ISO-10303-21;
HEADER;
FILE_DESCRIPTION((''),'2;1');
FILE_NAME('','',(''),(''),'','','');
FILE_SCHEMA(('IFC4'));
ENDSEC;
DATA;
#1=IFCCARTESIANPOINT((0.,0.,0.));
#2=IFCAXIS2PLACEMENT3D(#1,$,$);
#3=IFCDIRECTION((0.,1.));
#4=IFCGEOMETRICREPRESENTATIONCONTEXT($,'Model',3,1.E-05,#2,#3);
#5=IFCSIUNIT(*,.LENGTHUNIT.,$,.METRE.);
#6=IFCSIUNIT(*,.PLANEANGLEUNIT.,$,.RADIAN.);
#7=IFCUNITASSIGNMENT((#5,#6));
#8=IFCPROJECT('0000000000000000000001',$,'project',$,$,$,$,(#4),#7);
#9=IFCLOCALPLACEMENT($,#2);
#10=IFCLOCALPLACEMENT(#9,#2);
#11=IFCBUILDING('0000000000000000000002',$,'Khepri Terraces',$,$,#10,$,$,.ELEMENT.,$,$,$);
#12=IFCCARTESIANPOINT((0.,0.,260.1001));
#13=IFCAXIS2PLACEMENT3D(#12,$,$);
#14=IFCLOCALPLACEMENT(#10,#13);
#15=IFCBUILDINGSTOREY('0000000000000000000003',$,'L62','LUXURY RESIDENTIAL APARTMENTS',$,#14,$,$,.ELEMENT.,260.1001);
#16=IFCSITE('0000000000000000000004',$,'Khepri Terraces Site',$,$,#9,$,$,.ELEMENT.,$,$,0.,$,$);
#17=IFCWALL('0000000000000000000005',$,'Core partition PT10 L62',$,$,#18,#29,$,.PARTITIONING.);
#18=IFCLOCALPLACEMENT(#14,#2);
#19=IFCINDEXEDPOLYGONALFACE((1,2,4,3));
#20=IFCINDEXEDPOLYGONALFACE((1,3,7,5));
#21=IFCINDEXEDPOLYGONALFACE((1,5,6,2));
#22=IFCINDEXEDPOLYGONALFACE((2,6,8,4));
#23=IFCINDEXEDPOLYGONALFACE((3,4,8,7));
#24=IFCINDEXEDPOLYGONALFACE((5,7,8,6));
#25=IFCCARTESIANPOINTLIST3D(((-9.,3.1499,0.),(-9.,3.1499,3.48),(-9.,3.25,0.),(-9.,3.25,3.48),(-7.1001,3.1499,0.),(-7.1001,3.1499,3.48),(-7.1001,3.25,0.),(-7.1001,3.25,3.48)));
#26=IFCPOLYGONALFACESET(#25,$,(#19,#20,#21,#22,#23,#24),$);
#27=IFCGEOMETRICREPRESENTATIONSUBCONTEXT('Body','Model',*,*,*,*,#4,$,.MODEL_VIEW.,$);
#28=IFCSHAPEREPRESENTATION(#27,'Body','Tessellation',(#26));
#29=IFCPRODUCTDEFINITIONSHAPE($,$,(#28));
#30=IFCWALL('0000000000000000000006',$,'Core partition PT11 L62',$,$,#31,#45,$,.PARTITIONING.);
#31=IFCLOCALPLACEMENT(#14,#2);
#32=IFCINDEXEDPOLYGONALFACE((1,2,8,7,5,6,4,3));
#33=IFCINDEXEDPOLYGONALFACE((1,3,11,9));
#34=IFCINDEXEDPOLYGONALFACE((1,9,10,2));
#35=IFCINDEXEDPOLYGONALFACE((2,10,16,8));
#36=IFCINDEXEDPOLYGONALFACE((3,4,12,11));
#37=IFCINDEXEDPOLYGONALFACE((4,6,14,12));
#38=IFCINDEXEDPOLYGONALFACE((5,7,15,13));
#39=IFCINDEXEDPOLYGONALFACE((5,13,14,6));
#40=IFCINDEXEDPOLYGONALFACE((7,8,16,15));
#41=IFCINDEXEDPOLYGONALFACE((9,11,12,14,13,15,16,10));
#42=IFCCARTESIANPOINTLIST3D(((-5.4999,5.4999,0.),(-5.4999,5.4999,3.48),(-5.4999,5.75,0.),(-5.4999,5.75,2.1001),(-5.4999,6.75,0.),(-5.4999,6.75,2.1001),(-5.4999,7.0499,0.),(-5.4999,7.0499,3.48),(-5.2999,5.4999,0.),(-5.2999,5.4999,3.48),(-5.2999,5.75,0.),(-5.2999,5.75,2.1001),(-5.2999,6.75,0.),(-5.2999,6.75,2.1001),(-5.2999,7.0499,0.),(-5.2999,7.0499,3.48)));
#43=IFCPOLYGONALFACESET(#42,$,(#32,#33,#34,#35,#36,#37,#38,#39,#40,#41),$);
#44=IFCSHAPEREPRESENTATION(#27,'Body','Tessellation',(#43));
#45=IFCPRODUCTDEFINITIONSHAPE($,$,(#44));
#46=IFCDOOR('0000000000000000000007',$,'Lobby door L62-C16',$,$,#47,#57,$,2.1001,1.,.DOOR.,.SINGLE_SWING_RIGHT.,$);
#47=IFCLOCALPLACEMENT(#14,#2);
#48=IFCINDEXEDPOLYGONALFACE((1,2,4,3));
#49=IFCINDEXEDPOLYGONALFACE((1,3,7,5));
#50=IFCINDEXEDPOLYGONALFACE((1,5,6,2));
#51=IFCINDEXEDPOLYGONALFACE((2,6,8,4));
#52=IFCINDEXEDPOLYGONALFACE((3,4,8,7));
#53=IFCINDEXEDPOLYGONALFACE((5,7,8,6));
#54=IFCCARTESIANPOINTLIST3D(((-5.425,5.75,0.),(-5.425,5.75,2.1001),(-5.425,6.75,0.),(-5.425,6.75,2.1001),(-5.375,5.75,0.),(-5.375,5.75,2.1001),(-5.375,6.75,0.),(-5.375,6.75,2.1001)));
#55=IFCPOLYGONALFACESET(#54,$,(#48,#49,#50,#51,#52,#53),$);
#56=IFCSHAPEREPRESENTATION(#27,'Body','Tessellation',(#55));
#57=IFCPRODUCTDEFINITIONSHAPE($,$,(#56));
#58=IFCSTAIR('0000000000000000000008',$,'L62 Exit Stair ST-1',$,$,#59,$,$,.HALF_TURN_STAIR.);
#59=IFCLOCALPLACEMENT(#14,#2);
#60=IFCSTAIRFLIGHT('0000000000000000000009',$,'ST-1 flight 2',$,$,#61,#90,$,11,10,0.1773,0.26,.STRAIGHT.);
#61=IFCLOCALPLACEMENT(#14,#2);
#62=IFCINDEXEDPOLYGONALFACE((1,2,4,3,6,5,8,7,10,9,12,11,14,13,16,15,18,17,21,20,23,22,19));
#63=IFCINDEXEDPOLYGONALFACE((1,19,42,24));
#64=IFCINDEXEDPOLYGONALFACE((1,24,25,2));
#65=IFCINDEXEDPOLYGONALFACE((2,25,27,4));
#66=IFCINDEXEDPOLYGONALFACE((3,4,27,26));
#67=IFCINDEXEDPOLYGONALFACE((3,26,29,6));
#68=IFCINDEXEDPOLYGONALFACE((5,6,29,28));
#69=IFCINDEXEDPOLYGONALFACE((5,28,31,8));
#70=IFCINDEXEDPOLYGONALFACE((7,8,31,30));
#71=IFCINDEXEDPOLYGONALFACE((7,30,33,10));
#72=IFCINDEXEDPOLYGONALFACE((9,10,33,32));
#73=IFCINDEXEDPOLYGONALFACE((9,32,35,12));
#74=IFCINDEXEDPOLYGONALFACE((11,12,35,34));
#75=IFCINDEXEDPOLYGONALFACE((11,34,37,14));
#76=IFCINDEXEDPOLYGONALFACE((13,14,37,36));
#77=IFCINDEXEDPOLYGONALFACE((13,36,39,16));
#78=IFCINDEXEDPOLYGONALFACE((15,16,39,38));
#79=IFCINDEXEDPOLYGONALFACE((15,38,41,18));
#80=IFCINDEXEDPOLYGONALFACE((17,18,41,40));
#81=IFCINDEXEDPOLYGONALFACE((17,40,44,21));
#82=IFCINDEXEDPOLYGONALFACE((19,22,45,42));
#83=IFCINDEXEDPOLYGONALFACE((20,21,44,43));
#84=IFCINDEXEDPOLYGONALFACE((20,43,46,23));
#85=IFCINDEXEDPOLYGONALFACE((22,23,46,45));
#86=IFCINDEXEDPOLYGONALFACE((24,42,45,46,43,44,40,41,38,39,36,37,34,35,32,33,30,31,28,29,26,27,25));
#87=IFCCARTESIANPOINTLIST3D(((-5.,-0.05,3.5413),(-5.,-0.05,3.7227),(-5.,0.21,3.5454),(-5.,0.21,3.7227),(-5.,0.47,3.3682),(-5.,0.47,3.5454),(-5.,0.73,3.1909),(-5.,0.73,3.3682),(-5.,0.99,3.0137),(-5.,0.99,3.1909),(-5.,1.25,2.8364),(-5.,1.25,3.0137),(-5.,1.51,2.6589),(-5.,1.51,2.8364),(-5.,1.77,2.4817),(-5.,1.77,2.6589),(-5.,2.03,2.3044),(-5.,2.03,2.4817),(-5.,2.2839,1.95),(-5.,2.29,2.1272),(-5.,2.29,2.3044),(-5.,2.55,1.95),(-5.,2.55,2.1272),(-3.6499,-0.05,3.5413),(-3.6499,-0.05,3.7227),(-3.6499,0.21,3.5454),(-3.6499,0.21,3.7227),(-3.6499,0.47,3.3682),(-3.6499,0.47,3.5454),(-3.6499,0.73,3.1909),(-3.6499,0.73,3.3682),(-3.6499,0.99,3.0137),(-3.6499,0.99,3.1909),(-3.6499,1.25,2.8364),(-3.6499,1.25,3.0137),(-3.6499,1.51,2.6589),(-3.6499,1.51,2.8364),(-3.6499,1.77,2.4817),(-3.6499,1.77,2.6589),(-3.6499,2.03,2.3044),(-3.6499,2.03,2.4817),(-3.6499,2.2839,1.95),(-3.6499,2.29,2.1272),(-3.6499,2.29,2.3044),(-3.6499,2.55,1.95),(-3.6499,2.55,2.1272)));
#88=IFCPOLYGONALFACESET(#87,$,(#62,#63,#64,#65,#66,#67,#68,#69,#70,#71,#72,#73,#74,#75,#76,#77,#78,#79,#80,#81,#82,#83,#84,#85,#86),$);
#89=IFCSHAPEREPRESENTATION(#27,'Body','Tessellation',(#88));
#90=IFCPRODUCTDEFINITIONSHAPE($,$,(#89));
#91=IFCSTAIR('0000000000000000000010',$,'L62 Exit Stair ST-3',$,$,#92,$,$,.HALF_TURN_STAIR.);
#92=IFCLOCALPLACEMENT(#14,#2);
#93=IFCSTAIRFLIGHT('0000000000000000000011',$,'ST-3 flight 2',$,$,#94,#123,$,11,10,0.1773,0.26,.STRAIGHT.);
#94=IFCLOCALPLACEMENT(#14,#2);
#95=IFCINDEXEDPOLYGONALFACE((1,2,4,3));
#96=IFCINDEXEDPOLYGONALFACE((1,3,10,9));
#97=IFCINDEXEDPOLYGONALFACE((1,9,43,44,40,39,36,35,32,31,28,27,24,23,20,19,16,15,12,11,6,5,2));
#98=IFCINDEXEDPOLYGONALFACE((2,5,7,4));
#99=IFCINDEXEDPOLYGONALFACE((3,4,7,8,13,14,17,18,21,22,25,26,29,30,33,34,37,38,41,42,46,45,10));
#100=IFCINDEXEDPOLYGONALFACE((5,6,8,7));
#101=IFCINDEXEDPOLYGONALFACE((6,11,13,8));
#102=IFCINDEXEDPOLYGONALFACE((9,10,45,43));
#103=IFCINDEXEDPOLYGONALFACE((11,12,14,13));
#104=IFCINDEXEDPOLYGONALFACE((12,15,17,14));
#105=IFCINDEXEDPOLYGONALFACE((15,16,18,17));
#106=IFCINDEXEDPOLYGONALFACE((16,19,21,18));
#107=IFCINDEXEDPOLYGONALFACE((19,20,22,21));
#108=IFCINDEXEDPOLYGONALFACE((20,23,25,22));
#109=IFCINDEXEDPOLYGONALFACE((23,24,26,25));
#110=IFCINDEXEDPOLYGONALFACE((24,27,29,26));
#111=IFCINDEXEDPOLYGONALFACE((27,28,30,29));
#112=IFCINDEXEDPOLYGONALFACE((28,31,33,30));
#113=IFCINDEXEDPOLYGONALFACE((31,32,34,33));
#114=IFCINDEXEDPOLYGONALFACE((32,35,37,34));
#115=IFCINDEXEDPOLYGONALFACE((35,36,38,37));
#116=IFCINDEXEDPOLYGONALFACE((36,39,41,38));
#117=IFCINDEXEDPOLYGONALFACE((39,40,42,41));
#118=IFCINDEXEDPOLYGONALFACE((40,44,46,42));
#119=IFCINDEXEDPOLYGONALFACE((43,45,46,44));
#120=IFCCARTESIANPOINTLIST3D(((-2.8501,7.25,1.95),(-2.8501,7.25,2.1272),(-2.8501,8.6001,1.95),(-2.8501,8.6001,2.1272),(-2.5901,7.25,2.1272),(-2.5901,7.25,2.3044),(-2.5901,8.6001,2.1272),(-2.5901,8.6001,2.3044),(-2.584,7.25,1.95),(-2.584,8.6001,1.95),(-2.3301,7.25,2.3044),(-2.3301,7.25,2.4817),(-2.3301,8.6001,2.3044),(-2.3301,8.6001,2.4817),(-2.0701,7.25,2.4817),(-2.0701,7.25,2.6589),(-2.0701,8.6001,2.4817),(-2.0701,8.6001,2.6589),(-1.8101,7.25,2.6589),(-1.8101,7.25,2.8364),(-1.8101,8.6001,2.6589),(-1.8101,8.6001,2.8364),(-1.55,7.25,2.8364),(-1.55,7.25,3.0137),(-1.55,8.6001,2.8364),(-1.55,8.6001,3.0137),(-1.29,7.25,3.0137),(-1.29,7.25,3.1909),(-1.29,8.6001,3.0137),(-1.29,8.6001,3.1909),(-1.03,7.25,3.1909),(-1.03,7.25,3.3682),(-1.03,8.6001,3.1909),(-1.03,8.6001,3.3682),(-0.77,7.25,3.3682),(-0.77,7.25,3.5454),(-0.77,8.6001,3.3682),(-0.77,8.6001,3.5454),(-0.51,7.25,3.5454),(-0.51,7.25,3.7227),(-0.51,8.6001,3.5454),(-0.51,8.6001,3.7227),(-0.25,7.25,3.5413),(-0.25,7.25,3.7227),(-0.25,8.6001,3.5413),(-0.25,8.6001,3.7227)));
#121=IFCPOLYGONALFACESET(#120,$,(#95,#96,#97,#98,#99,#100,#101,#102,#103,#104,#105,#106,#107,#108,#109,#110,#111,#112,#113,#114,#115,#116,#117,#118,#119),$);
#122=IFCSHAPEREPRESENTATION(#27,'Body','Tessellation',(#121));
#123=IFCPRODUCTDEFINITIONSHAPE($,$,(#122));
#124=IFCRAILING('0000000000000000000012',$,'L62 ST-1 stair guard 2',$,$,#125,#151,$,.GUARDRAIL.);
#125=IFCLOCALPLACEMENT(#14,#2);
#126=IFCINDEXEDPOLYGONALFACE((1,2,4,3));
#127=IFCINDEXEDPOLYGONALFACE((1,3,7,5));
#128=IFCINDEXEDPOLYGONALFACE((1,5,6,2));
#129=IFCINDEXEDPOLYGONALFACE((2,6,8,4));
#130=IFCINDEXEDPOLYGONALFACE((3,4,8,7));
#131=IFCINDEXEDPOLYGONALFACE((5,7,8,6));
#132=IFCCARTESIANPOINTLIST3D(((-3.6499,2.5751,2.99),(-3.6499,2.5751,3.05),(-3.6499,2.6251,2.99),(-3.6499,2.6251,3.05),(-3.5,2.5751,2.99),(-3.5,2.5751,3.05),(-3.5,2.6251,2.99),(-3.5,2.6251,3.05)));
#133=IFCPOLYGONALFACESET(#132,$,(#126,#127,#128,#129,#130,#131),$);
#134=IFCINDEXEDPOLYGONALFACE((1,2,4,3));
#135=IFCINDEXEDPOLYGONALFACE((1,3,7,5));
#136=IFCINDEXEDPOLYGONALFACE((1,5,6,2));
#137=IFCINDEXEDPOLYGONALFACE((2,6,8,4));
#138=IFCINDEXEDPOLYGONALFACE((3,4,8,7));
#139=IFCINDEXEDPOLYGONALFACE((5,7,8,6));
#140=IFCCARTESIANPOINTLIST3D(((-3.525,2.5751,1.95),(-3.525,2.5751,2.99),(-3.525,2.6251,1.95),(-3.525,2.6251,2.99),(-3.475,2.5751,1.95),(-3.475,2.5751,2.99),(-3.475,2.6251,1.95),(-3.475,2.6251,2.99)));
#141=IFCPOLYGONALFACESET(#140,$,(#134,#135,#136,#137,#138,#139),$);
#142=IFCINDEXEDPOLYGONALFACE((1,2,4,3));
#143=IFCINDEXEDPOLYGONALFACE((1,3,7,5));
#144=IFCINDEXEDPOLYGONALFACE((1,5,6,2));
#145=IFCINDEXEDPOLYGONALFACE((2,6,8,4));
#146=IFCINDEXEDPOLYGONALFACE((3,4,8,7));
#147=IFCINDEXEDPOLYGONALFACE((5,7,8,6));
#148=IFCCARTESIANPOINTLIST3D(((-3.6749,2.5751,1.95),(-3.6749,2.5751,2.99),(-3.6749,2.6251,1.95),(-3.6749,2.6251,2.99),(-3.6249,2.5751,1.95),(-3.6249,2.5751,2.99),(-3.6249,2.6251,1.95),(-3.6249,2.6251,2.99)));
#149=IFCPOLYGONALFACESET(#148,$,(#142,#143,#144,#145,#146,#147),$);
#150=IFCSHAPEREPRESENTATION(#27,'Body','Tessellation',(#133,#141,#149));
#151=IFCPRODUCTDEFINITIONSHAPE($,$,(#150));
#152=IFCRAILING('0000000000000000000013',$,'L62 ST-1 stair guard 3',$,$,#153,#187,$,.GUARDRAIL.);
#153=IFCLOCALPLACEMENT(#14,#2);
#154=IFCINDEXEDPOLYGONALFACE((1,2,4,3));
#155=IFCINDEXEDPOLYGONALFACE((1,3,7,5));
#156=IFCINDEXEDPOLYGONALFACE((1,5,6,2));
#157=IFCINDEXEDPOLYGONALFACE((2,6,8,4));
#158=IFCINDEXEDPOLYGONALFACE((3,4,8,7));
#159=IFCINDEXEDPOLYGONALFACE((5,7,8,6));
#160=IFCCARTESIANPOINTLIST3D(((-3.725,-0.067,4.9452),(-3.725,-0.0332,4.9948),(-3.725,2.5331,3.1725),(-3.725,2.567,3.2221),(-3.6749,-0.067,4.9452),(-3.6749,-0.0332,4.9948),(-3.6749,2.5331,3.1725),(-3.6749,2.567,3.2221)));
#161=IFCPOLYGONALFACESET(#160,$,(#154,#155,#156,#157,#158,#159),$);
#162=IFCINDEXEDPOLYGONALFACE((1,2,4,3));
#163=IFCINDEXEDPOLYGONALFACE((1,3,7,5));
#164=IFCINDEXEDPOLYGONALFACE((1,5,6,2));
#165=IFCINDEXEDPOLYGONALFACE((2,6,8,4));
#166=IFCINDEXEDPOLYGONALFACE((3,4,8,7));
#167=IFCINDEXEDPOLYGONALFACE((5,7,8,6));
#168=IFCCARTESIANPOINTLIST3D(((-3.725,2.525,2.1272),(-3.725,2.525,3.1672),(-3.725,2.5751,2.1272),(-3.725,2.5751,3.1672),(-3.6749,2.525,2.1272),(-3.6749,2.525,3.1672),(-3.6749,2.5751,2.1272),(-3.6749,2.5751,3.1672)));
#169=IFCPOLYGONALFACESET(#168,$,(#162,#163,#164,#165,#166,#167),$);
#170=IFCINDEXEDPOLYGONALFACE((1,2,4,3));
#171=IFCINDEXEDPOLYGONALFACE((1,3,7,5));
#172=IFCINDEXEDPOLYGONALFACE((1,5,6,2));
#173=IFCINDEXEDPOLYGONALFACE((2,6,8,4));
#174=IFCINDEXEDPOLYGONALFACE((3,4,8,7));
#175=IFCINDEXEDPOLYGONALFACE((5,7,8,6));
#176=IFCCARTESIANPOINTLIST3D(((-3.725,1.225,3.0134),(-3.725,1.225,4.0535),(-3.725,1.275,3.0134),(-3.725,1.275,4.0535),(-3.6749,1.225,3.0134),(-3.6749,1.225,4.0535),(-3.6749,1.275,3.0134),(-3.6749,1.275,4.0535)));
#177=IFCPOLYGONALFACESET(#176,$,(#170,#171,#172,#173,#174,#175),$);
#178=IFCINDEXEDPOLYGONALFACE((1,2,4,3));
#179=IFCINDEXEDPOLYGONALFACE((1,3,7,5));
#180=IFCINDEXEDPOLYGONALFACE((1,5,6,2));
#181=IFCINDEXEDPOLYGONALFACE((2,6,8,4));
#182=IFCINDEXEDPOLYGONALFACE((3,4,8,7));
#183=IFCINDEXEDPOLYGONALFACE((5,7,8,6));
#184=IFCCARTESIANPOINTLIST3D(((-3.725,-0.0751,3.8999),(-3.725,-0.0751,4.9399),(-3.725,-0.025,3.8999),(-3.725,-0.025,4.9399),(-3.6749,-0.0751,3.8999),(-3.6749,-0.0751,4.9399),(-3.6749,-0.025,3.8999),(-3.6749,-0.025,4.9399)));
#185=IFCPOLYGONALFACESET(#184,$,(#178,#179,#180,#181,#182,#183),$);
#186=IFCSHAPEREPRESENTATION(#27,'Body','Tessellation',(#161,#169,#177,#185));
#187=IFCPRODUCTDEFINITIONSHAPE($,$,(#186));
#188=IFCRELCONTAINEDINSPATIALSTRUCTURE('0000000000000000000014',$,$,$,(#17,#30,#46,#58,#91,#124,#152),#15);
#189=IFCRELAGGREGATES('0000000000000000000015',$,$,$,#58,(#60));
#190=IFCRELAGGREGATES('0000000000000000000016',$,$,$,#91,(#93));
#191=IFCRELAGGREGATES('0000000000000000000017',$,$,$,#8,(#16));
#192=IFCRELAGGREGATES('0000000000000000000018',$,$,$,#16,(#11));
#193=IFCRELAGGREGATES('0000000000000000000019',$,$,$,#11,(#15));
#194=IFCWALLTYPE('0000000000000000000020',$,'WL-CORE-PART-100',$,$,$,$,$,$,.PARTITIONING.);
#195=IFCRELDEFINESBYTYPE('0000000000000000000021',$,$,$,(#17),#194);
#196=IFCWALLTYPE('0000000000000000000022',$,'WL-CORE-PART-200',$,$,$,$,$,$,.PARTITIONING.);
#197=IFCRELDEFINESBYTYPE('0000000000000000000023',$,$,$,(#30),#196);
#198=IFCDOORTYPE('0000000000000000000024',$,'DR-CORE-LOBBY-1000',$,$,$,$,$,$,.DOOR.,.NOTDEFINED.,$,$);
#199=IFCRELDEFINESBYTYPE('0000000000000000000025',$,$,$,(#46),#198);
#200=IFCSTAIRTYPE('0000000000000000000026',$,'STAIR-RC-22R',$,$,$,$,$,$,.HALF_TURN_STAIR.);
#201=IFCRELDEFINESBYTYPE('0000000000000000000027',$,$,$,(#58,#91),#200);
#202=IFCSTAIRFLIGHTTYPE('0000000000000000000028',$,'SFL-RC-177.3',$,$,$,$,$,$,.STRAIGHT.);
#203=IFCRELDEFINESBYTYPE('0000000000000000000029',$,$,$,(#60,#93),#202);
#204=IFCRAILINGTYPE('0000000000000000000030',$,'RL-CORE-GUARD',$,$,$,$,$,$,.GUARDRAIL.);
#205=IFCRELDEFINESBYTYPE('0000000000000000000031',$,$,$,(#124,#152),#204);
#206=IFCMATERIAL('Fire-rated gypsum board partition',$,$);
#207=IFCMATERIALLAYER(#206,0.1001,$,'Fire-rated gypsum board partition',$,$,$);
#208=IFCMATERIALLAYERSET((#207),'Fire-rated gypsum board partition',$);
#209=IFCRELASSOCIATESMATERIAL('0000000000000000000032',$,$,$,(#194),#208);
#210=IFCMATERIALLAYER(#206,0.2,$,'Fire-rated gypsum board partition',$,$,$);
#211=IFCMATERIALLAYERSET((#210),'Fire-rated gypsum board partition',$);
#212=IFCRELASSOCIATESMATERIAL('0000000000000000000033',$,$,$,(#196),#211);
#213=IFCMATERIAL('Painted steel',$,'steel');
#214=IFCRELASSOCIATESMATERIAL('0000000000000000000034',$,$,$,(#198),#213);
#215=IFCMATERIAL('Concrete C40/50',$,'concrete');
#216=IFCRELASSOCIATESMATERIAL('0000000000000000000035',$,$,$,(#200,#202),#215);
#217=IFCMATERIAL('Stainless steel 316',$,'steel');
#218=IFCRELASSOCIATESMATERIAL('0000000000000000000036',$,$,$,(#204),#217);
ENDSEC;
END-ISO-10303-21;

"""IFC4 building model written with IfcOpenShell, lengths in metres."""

from ifc_helpers import new_model, si_unit, direction, frame, frame_2d, origin, origin_2d, place, context, subcontext, project, spatial, polyline, rectangle, outline, extrude, material, layer, layer_set, type_object, element, fill, aggregate, save


model = new_model("IFC4")

# Units and contexts
model_context = context("Model", 3, precision=1e-05, world=origin(), true_north=direction((0.0, 1.0)))
body_context = subcontext(model_context, "Body", "Model", "MODEL_VIEW")
ifc_project = project(units=[si_unit("LENGTHUNIT", "METRE"), si_unit("PLANEANGLEUNIT", "RADIAN")], contexts=[model_context])

# Site, building, storey
site_placement = place(None, origin())
site = spatial("IfcSite", under=ifc_project, at=site_placement, Name="Khepri Terraces Site", CompositionType="ELEMENT", RefElevation=0.0)
building_placement = place(site_placement, origin())
building = spatial("IfcBuilding", under=site, at=building_placement, Name="Khepri Terraces", CompositionType="ELEMENT")
storey_placement = place(building_placement, frame((0.0, 0.0, 260.1001)))
storey = spatial("IfcBuildingStorey", under=building, at=storey_placement, Name="L62", Description="LUXURY RESIDENTIAL APARTMENTS", CompositionType="ELEMENT", Elevation=260.1001)

# Shared definitions
ifc_material_1 = material(Name="Concrete C40/50", Category="concrete")

# Shared definitions
ifc_material_2 = material(Name="Painted steel", Category="steel")

# Wall
ifc_material_3 = material(Name="Fire-rated gypsum board partition")
ifc_layer_1 = layer(ifc_material_3, 0.1001, Name="Fire-rated gypsum board partition")
ifc_layer_set_1 = layer_set([ifc_layer_1], Name="Fire-rated gypsum board partition")
wall_type_1 = type_object("IfcWallType", Name="WL-CORE-PART-100", PredefinedType="PARTITIONING", material=ifc_layer_set_1)
wall_1_placement = place(storey_placement, frame((-9.0, 3.2, 0.0), z_axis=(0.0, 0.0, 1.0), x_axis=(1.0, 0.0, 0.0)))
element("IfcWall", 1, at=wall_1_placement, inside=storey, type_object=wall_type_1, Name="Core partition PT10 L62", PredefinedType="PARTITIONING", context=body_context, shape_type="SweptSolid", body=[
    extrude(rectangle(XDim=1.8999, YDim=0.1001, at=frame_2d((0.95, 0.0))), origin(), (0.0, 0.0, 1.0), 3.48),
])

# Wall, opening, door
ifc_layer_2 = layer(ifc_material_3, 0.2, Name="Fire-rated gypsum board partition")
ifc_layer_set_2 = layer_set([ifc_layer_2], Name="Fire-rated gypsum board partition")
wall_type_2 = type_object("IfcWallType", Name="WL-CORE-PART-200", PredefinedType="PARTITIONING", material=ifc_layer_set_2)
wall_2_placement = place(storey_placement, frame((-5.3999, 5.5, 0.0), z_axis=(0.0, 0.0, 1.0), x_axis=(0.0, 1.0, 0.0)))
wall_2 = element("IfcWall", 2, at=wall_2_placement, inside=storey, type_object=wall_type_2, Name="Core partition PT11 L62", PredefinedType="PARTITIONING", context=body_context, shape_type="SweptSolid", body=[
    extrude(rectangle(XDim=1.55, YDim=0.2, at=frame_2d((0.7749, 0.0))), origin(), (0.0, 0.0, 1.0), 3.48),
])
opening_1_placement = place(wall_2_placement, frame((0.25, 0.0, 0.0)))
opening_1 = element("IfcOpeningElement", 3, at=opening_1_placement, cuts=wall_2, PredefinedType="OPENING", context=body_context, shape_type="SweptSolid", body=[
    extrude(rectangle(XDim=1.0, YDim=2.1001, at=frame_2d((0.5, 1.05))), frame((0.0, 0.1099, 0.0), z_axis=(0.0, -1.0, 0.0), x_axis=(1.0, 0.0, 0.0)), (0.0, 0.0, 1.0), 0.22),
])
door_type_1 = type_object("IfcDoorType", Name="DR-CORE-LOBBY-1000", OperationType="NOTDEFINED", PredefinedType="DOOR", material=ifc_material_2)
door_1_placement = place(opening_1_placement, frame((1.0, 0.0, 0.0), z_axis=(0.0, 0.0, 1.0), x_axis=(-1.0, 0.0, 0.0)))
door_1 = element("IfcDoor", 4, at=door_1_placement, inside=storey, type_object=door_type_1, Name="Lobby door L62-C16", OperationType="SINGLE_SWING_RIGHT", OverallHeight=2.1001, OverallWidth=1.0, PredefinedType="DOOR", context=body_context, shape_type="SweptSolid", body=[
    extrude(rectangle(XDim=1.0, YDim=2.1001, at=frame_2d((0.5, 1.05))), frame((0.0, 0.0249, 0.0), z_axis=(0.0, -1.0, 0.0), x_axis=(1.0, 0.0, 0.0)), (0.0, 0.0, 1.0), 0.05),
])
fill(opening_1, door_1)

# Stairs, stair flights
stair_type = type_object("IfcStairType", Name="STAIR-RC-22R", PredefinedType="HALF_TURN_STAIR", material=ifc_material_1)
stair_1_placement = place(storey_placement, origin())
stair_1 = element("IfcStair", 5, at=stair_1_placement, inside=storey, type_object=stair_type, Name="L62 Exit Stair ST-1", PredefinedType="HALF_TURN_STAIR")
stair_flight_type = type_object("IfcStairFlightType", Name="SFL-RC-177.3", PredefinedType="STRAIGHT", material=ifc_material_1)
stair_flight_1_placement = place(storey_placement, frame((-4.325, 2.55, 1.95), z_axis=(0.0, 0.0, 1.0), x_axis=(0.0, -1.0, 0.0)))
stair_flight_1 = element("IfcStairFlight", 6, at=stair_flight_1_placement, type_object=stair_flight_type, Name="ST-1 flight 2", NumberOfRisers=11, NumberOfTreads=10, PredefinedType="STRAIGHT", RiserHeight=0.1773, TreadLength=0.26, context=body_context, shape_type="SweptSolid", body=[
    extrude(outline(polyline([(0.0, 0.0), (0.0, 0.1772), (0.26, 0.1772), (0.26, 0.3545), (0.52, 0.3545), (0.52, 0.5317), (0.78, 0.5317), (0.78, 0.709), (1.04, 0.709), (1.04, 0.8865), (1.3, 0.8865), (1.3, 1.0637), (1.5601, 1.0637), (1.5601, 1.241), (1.8201, 1.241), (1.8201, 1.4182), (2.0801, 1.4182), (2.0801, 1.5955), (2.3401, 1.5955), (2.3401, 1.7727), (2.6001, 1.7727), (2.6001, 1.95), (2.6001, 1.5913), (0.2661, 0.0), (0.0, 0.0)])), frame((0.0, 0.675, 0.0), z_axis=(0.0, -1.0, 0.0), x_axis=(1.0, 0.0, 0.0)), (0.0, 0.0, 1.0), 1.3501),
])
aggregate(stair_1, [stair_flight_1])
stair_2_placement = place(storey_placement, origin())
stair_2 = element("IfcStair", 7, at=stair_2_placement, inside=storey, type_object=stair_type, Name="L62 Exit Stair ST-3", PredefinedType="HALF_TURN_STAIR")
stair_flight_2_placement = place(storey_placement, frame((-2.8501, 7.925, 1.95), z_axis=(0.0, 0.0, 1.0), x_axis=(1.0, 0.0, 0.0)))
stair_flight_2 = element("IfcStairFlight", 8, at=stair_flight_2_placement, type_object=stair_flight_type, Name="ST-3 flight 2", NumberOfRisers=11, NumberOfTreads=10, PredefinedType="STRAIGHT", RiserHeight=0.1773, TreadLength=0.26, context=body_context, shape_type="SweptSolid", body=[
    extrude(outline(polyline([(0.0, 0.0), (0.0, 0.1772), (0.26, 0.1772), (0.26, 0.3545), (0.52, 0.3545), (0.52, 0.5317), (0.78, 0.5317), (0.78, 0.709), (1.04, 0.709), (1.04, 0.8865), (1.3, 0.8865), (1.3, 1.0637), (1.5601, 1.0637), (1.5601, 1.241), (1.8201, 1.241), (1.8201, 1.4182), (2.0801, 1.4182), (2.0801, 1.5955), (2.3401, 1.5955), (2.3401, 1.7727), (2.6001, 1.7727), (2.6001, 1.95), (2.6001, 1.5913), (0.2661, 0.0), (0.0, 0.0)])), frame((0.0, 0.675, 0.0), z_axis=(0.0, -1.0, 0.0), x_axis=(1.0, 0.0, 0.0)), (0.0, 0.0, 1.0), 1.3501),
])
aggregate(stair_2, [stair_flight_2])

# Railings
ifc_material_4 = material(Name="Stainless steel 316", Category="steel")
railing_type_1 = type_object("IfcRailingType", Name="RL-CORE-GUARD", PredefinedType="GUARDRAIL", material=ifc_material_4)
railing_1_placement = place(storey_placement, frame((-3.5, 2.6001, 1.95)))
element("IfcRailing", 9, at=railing_1_placement, inside=storey, type_object=railing_type_1, Name="L62 ST-1 stair guard 2", PredefinedType="GUARDRAIL", context=body_context, shape_type="SweptSolid", body=[
    extrude(rectangle(XDim=0.05, YDim=0.0601, at=origin_2d()), frame((0.0, 0.0, 1.0701), z_axis=(-1.0, 0.0, 0.0), x_axis=(0.0, -1.0, 0.0)), (0.0, 0.0, 1.0), 0.1499),
    extrude(rectangle(XDim=0.05, YDim=0.05, at=origin_2d()), origin(), (0.0, 0.0, 1.0), 1.04),
    extrude(rectangle(XDim=0.05, YDim=0.05, at=origin_2d()), frame((-0.1499, 0.0, 0.0)), (0.0, 0.0, 1.0), 1.04),
])
railing_2_placement = place(storey_placement, frame((-3.7, 2.55, 2.1272)))
element("IfcRailing", 10, at=railing_2_placement, inside=storey, type_object=railing_type_1, Name="L62 ST-1 stair guard 3", PredefinedType="GUARDRAIL", context=body_context, shape_type="SweptSolid", body=[
    extrude(rectangle(XDim=0.05, YDim=0.0601, at=origin_2d()), frame((0.0, 0.0, 1.0701), z_axis=(0.0, -0.82624, 0.563318), x_axis=(1.0, 0.0, 0.0)), (0.0, 0.0, 1.0), 3.147),
    extrude(rectangle(XDim=0.05, YDim=0.05, at=origin_2d()), origin(), (0.0, 0.0, 1.0), 1.04),
    extrude(rectangle(XDim=0.05, YDim=0.05, at=origin_2d()), frame((0.0, -1.3, 0.8862)), (0.0, 0.0, 1.0), 1.04),
    extrude(rectangle(XDim=0.05, YDim=0.05, at=origin_2d()), frame((0.0, -2.6001, 1.7727)), (0.0, 0.0, 1.0), 1.04),
])

save(model, "model.ifc")
